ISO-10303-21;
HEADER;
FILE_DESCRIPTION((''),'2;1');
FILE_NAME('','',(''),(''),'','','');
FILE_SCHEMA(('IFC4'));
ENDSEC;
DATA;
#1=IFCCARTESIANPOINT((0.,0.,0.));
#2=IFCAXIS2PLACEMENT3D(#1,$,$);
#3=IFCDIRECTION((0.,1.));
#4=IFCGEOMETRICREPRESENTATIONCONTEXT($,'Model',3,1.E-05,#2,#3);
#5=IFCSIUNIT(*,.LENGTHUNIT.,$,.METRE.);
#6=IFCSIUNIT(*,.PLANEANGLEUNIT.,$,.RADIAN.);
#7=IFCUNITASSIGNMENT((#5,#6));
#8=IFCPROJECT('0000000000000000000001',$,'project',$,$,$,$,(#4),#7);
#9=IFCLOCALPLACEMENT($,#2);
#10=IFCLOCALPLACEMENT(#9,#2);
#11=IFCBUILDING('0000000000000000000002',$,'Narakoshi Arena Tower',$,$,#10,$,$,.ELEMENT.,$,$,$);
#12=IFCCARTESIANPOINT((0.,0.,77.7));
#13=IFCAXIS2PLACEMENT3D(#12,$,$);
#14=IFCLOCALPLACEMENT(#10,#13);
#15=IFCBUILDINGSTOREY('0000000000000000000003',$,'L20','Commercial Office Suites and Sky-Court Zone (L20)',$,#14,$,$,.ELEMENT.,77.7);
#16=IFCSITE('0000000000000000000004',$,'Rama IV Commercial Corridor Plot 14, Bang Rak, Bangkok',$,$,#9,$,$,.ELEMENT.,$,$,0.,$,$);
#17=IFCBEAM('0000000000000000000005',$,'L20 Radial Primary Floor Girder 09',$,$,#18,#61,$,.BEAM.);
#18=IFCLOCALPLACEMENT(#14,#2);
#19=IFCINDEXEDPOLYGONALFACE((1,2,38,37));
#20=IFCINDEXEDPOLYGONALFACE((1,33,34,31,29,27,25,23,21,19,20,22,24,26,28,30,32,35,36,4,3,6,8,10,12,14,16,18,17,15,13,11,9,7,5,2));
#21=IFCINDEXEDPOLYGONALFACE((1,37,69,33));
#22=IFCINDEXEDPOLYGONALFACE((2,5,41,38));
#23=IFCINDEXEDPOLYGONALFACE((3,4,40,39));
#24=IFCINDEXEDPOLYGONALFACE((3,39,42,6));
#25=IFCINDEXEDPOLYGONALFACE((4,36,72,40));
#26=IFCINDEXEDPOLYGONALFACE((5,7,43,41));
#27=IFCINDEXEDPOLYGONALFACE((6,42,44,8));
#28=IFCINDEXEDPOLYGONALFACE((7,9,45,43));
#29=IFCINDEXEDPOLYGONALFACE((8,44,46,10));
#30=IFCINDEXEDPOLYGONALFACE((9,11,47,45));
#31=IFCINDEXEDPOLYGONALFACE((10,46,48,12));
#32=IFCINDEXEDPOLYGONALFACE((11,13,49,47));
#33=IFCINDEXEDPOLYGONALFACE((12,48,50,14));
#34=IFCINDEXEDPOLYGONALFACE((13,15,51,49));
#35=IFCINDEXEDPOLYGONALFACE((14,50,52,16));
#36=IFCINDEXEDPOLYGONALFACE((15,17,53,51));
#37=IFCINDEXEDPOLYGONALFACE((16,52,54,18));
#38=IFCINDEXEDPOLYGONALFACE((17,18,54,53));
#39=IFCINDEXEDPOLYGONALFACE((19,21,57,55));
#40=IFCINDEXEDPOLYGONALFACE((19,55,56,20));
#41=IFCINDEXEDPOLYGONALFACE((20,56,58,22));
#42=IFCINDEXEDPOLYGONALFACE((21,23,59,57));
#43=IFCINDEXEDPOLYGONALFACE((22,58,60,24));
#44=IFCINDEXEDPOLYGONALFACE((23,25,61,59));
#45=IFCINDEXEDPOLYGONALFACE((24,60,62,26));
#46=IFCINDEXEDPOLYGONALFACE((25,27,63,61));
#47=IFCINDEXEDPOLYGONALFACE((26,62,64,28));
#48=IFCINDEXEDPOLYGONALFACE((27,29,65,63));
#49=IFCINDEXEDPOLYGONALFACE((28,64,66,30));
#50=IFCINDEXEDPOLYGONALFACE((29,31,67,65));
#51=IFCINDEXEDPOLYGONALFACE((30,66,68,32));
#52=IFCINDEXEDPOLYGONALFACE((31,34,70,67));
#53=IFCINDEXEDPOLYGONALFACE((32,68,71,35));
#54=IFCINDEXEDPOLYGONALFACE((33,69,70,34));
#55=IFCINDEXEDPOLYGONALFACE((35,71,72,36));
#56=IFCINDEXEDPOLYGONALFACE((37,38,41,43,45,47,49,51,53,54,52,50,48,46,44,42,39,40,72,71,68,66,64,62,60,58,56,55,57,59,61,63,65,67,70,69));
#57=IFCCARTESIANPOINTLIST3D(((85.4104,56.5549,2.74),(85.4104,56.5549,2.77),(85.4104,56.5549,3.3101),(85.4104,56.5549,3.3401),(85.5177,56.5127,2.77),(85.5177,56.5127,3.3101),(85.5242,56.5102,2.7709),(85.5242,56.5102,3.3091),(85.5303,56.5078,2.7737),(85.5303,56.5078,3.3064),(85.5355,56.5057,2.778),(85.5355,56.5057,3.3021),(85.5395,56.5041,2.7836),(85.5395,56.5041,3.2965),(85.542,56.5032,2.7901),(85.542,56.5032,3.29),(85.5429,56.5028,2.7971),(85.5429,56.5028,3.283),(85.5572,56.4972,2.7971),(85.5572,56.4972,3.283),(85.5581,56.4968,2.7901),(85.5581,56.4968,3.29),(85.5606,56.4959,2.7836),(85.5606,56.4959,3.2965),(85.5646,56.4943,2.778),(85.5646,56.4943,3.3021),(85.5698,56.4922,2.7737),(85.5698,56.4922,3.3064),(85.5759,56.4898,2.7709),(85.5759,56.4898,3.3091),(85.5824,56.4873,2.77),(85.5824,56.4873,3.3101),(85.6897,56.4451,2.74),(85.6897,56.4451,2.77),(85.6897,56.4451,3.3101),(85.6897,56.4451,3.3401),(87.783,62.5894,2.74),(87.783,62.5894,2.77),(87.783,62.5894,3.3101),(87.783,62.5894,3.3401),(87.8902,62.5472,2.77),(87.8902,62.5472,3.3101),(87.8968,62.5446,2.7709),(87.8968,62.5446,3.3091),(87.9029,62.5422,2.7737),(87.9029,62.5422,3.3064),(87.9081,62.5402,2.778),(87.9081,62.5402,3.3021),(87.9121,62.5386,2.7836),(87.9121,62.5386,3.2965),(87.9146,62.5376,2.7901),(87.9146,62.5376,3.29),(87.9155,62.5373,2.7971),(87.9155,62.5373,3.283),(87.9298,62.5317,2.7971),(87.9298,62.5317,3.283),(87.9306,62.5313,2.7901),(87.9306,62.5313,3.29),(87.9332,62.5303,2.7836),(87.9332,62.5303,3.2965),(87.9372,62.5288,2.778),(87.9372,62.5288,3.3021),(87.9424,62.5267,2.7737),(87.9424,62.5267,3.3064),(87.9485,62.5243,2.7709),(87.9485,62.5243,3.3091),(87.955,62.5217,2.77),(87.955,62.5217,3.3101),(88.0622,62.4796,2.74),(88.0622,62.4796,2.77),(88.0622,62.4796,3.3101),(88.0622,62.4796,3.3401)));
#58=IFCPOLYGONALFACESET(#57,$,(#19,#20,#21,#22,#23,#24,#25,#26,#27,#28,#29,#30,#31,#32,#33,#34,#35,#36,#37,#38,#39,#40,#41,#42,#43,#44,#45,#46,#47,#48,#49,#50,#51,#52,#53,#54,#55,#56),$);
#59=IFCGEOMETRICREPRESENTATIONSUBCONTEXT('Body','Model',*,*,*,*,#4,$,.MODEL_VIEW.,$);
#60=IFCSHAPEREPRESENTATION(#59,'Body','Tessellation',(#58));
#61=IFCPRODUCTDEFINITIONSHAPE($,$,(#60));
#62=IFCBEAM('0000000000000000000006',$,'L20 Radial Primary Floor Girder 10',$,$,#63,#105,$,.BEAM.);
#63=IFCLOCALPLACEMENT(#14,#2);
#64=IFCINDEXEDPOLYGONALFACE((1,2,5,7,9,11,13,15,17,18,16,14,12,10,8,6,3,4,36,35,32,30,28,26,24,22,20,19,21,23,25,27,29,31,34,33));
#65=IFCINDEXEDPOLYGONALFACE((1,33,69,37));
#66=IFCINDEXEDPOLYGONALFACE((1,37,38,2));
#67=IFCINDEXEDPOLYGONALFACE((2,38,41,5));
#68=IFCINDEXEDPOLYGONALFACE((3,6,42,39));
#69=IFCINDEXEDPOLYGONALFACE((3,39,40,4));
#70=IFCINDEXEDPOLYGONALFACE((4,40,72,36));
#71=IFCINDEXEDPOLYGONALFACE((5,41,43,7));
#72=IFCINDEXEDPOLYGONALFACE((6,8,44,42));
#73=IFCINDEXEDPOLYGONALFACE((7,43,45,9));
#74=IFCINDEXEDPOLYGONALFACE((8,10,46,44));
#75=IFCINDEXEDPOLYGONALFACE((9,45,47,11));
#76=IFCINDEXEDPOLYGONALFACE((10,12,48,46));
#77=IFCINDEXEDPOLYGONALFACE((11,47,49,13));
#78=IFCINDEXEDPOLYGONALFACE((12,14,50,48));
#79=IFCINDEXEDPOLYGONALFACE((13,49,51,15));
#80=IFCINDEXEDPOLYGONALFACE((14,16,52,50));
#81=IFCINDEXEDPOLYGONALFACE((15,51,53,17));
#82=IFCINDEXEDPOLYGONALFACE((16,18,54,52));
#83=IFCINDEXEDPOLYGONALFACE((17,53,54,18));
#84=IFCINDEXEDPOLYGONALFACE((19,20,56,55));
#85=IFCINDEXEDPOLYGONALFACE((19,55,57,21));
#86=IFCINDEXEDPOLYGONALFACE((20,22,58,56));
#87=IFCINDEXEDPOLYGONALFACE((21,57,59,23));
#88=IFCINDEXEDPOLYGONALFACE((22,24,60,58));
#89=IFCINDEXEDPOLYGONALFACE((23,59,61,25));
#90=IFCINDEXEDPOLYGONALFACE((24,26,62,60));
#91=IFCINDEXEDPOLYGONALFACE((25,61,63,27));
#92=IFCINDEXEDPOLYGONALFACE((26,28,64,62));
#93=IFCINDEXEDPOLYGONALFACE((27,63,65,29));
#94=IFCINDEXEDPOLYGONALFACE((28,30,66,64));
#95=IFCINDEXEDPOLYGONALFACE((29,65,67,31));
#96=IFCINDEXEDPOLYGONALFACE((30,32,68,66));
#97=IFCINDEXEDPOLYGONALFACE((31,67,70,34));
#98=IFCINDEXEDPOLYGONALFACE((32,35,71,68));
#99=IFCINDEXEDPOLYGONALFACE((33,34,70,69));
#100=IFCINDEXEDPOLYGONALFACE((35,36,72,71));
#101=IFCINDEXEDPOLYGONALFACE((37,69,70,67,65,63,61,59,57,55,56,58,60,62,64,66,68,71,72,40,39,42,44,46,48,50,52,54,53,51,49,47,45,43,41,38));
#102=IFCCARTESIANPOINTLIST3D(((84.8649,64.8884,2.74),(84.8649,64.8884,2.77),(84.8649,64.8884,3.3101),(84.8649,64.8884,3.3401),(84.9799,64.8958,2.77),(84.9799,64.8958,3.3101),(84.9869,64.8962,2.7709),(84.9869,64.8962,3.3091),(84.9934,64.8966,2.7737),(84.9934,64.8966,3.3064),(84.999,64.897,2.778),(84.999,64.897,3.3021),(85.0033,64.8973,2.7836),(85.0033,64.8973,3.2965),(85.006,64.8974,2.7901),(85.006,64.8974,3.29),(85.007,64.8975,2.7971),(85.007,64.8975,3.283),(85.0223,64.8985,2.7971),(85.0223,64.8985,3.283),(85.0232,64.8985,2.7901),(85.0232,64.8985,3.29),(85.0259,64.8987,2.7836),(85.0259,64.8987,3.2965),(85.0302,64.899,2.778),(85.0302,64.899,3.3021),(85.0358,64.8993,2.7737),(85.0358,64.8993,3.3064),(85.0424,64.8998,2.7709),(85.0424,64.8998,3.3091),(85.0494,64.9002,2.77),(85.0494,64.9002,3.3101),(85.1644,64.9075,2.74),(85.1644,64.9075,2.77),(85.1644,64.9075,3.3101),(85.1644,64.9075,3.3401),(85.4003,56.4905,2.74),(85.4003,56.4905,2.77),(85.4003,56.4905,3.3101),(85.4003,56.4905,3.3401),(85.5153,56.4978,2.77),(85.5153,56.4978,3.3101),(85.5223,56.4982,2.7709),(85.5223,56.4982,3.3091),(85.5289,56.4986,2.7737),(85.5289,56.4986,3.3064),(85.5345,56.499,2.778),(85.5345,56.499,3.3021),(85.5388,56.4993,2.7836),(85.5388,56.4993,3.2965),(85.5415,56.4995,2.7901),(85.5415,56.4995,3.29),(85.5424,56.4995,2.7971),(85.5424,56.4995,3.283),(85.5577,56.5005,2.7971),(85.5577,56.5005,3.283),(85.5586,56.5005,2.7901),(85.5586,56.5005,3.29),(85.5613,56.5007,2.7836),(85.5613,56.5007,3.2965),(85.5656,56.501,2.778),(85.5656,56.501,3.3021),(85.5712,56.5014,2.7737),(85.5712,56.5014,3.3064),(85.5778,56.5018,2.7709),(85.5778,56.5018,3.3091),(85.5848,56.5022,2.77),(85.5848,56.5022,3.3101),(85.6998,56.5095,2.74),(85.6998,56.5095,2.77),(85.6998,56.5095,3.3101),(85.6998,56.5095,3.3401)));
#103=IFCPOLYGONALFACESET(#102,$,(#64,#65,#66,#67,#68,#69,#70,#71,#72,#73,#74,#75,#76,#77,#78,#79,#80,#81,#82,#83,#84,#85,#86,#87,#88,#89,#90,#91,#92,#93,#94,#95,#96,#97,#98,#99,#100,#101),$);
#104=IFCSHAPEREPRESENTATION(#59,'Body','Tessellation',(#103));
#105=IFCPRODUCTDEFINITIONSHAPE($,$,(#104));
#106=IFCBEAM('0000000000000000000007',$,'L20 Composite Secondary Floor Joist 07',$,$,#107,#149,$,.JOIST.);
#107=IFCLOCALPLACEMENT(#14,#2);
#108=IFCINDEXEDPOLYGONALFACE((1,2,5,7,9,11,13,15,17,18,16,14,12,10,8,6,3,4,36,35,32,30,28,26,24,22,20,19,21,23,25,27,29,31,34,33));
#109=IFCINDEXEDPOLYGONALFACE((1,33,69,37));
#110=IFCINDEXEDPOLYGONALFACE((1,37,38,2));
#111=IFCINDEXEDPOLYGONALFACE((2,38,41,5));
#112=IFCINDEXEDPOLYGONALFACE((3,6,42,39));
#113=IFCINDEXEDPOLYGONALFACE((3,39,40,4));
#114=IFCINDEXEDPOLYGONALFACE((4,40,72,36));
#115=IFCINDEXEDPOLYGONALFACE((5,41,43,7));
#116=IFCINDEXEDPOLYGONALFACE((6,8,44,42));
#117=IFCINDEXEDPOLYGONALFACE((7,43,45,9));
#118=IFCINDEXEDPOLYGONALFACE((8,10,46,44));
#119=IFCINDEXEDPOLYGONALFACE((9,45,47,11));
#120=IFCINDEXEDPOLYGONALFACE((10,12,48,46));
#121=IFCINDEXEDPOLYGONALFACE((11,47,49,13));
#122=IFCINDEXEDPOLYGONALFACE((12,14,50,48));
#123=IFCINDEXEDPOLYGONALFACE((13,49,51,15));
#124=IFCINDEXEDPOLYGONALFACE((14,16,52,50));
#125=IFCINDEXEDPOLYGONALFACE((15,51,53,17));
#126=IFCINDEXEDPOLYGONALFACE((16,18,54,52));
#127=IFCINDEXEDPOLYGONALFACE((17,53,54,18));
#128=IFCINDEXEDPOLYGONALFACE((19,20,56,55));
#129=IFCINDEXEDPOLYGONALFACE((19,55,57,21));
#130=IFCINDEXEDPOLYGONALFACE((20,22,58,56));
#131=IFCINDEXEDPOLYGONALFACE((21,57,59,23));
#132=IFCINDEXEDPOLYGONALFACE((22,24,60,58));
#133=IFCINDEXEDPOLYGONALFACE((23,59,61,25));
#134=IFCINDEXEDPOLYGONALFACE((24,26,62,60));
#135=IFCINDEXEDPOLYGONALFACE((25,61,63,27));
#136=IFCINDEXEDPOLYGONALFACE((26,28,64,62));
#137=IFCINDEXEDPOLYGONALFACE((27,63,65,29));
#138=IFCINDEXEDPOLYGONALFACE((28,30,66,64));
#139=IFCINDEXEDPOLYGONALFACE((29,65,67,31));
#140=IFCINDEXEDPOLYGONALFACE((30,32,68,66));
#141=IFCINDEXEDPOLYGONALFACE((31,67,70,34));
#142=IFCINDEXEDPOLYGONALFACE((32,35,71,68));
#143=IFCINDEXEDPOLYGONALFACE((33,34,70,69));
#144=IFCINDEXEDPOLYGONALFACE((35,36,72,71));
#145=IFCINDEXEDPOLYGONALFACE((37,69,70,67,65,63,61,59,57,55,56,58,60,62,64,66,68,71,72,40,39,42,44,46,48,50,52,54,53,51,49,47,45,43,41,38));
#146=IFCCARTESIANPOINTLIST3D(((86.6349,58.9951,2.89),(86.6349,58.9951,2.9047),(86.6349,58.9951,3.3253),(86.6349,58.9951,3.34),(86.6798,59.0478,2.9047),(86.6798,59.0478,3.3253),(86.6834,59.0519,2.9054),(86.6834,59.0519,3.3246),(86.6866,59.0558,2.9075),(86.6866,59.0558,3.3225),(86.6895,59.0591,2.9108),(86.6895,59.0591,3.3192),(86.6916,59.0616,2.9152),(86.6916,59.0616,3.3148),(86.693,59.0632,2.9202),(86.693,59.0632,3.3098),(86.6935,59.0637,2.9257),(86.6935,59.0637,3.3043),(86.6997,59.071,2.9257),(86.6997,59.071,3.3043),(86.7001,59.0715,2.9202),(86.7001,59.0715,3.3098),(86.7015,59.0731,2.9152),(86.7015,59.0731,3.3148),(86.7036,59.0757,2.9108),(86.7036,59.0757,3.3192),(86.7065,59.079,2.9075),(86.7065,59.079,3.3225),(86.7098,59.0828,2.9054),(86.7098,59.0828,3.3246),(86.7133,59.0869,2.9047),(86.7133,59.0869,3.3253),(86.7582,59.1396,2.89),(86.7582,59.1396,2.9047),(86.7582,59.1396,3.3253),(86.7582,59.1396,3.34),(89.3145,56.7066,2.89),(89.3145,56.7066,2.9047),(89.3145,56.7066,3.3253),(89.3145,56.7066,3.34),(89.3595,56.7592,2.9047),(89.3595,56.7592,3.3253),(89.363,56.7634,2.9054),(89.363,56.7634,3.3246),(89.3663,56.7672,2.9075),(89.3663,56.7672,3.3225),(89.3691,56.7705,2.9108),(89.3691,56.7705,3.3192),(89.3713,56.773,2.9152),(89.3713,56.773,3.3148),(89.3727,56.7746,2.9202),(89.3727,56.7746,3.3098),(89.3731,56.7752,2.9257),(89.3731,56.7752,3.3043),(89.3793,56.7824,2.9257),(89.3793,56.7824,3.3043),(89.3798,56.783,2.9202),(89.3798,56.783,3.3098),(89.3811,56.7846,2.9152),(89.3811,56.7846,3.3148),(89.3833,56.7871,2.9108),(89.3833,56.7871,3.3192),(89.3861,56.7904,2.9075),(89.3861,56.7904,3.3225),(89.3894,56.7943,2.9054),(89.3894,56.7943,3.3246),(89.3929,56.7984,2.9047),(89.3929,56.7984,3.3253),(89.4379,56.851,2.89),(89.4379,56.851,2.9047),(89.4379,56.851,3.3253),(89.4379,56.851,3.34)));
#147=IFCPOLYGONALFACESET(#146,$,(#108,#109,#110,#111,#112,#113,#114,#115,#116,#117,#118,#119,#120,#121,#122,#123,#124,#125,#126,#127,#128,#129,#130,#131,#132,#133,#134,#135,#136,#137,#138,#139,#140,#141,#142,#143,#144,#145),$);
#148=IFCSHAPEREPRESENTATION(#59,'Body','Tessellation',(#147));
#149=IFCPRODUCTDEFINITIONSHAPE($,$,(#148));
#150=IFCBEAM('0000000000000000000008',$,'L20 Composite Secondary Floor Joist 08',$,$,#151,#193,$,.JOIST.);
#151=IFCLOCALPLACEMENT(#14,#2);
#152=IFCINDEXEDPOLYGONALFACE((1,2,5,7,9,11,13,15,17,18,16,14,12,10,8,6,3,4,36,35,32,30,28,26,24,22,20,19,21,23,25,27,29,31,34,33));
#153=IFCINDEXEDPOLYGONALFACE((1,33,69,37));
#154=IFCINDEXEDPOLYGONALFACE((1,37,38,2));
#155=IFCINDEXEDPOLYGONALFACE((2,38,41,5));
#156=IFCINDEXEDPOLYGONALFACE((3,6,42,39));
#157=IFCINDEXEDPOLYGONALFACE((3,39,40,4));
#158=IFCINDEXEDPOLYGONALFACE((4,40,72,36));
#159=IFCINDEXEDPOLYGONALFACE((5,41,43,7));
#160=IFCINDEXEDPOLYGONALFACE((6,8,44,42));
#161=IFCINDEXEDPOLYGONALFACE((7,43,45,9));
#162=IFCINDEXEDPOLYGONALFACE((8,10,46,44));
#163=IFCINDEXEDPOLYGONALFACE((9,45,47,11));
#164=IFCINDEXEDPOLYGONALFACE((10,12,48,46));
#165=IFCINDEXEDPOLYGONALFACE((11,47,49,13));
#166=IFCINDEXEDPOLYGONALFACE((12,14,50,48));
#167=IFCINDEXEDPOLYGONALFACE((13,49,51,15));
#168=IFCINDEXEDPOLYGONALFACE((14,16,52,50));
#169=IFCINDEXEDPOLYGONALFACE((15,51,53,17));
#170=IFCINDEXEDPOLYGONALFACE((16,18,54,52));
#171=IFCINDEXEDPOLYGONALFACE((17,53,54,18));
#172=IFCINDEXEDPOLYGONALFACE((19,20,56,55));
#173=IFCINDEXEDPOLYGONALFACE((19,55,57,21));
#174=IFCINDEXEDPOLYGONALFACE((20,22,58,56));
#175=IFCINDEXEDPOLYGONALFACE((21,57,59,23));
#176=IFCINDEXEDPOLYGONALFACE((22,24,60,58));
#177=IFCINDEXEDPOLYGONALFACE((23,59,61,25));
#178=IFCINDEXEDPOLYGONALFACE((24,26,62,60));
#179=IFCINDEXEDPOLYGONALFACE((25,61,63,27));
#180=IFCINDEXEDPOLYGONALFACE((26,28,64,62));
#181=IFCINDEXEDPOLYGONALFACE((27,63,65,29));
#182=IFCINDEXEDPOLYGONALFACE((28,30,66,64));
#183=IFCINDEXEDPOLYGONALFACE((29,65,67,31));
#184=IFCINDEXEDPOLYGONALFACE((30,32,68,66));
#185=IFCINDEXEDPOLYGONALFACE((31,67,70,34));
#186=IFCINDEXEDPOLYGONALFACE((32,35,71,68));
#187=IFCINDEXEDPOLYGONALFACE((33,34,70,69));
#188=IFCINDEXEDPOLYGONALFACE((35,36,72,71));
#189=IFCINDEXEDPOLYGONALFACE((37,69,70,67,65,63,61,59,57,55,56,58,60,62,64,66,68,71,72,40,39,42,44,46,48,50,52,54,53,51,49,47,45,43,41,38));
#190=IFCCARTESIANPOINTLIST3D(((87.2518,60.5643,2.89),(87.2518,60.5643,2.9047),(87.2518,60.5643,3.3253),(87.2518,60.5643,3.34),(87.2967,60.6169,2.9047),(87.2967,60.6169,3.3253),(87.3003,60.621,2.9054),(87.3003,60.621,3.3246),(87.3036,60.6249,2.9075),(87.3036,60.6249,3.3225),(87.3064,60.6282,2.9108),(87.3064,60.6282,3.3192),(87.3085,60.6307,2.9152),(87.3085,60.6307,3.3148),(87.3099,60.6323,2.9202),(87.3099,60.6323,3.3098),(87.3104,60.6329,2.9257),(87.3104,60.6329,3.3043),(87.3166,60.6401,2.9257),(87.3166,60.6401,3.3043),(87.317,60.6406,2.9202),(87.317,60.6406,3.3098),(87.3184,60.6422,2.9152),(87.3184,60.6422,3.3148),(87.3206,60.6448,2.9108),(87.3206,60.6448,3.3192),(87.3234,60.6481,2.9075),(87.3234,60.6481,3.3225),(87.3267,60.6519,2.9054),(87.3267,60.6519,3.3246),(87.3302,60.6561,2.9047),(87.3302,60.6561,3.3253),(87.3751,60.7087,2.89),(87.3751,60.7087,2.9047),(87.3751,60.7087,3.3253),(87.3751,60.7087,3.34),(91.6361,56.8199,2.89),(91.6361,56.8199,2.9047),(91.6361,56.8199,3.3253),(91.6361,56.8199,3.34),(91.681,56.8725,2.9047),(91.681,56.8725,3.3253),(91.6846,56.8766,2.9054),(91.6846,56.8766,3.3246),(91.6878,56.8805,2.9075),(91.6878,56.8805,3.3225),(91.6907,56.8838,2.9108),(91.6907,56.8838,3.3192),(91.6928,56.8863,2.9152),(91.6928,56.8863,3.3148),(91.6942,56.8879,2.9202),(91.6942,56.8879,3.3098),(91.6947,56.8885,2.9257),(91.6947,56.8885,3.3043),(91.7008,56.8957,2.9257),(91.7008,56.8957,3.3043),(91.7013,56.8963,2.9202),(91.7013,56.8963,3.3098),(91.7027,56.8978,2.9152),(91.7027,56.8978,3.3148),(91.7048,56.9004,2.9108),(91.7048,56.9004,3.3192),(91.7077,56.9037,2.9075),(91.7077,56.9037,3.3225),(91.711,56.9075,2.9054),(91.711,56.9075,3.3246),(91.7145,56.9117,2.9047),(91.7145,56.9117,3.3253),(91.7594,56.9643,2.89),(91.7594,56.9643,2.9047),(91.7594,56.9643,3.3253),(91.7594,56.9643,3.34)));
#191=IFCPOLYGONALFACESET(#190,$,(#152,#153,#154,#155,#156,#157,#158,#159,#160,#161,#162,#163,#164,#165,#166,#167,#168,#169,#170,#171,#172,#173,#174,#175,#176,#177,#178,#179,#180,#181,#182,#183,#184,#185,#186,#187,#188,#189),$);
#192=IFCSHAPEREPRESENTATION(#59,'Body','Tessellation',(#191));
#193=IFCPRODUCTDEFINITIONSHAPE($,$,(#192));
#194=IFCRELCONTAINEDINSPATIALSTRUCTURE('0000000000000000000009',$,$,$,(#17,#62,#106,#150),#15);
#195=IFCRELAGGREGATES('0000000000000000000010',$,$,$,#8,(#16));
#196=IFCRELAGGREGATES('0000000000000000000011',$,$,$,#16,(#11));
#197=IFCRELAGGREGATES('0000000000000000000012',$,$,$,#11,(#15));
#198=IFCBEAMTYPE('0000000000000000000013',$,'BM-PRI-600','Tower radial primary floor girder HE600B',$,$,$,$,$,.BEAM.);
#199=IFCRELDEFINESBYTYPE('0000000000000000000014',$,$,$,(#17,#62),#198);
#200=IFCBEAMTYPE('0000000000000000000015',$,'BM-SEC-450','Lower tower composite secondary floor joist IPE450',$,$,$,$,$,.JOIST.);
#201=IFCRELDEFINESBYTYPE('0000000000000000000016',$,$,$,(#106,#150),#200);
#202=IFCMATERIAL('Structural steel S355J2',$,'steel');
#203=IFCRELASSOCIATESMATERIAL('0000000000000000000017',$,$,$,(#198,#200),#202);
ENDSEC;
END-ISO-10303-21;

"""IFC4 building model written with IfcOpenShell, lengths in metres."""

from ifc_helpers import new_model, si_unit, direction, frame, origin, origin_2d, place, context, subcontext, project, spatial, i_section, extrude, material, material_profile, profile_set, type_object, element, save


model = new_model("IFC4")

# Units and contexts
model_context = context("Model", 3, precision=1e-05, world=origin(), true_north=direction((0.0, 1.0)))
body_context = subcontext(model_context, "Body", "Model", "MODEL_VIEW")
ifc_project = project(units=[si_unit("LENGTHUNIT", "METRE"), si_unit("PLANEANGLEUNIT", "RADIAN")], contexts=[model_context])

# Site, building, storey
site_placement = place(None, origin())
site = spatial("IfcSite", under=ifc_project, at=site_placement, Name="Rama IV Commercial Corridor Plot 14, Bang Rak, Bangkok", CompositionType="ELEMENT", RefElevation=0.0)
building_placement = place(site_placement, origin())
building = spatial("IfcBuilding", under=site, at=building_placement, Name="Narakoshi Arena Tower", CompositionType="ELEMENT")
storey_placement = place(building_placement, frame((0.0, 0.0, 77.7)))
storey = spatial("IfcBuildingStorey", under=building, at=storey_placement, Name="L20", Description="Commercial Office Suites and Sky-Court Zone (L20)", CompositionType="ELEMENT", Elevation=77.7)

# Beams
ifc_material_1 = material(Name="Structural steel S355J2", Category="steel")
ifc_material_profile_1 = material_profile(ifc_material_1, i_section(OverallWidth=0.3, OverallDepth=0.6001, WebThickness=0.0154, FlangeThickness=0.03, FilletRadius=0.0271, at=origin_2d()), Name="HE600B")
ifc_profile_set_1 = profile_set([ifc_material_profile_1], Name="Structural steel S355J2")
beam_type_1 = type_object("IfcBeamType", Name="BM-PRI-600", Description="Tower radial primary floor girder HE600B", PredefinedType="BEAM", material=ifc_profile_set_1)
beam_1_placement = place(storey_placement, frame((85.55, 56.5, 3.04), z_axis=(0.365905, 0.930652, 0.0), x_axis=(-0.930652, 0.365905, 0.0)))
element("IfcBeam", 1, at=beam_1_placement, inside=storey, type_object=beam_type_1, Name="L20 Radial Primary Floor Girder 09", PredefinedType="BEAM", context=body_context, shape_type="SweptSolid", body=[
    extrude(i_section(OverallWidth=0.3, OverallDepth=0.6001, WebThickness=0.0154, FlangeThickness=0.03, FilletRadius=0.0271, at=origin_2d()), origin(), (0.0, 0.0, 1.0), 6.4841),
])
beam_2_placement = place(storey_placement, frame((85.55, 56.5, 3.04), z_axis=(-0.063625, 0.997974, 0.0), x_axis=(-0.997974, -0.063625, 0.0)))
element("IfcBeam", 2, at=beam_2_placement, inside=storey, type_object=beam_type_1, Name="L20 Radial Primary Floor Girder 10", PredefinedType="BEAM", context=body_context, shape_type="SweptSolid", body=[
    extrude(i_section(OverallWidth=0.3, OverallDepth=0.6001, WebThickness=0.0154, FlangeThickness=0.03, FilletRadius=0.0271, at=origin_2d()), origin(), (0.0, 0.0, 1.0), 8.415),
])
ifc_material_profile_2 = material_profile(ifc_material_1, i_section(OverallWidth=0.1899, OverallDepth=0.45, WebThickness=0.0095, FlangeThickness=0.0146, FilletRadius=0.021, at=origin_2d()), Name="IPE450")
ifc_profile_set_2 = profile_set([ifc_material_profile_2], Name="Structural steel S355J2")
beam_type_2 = type_object("IfcBeamType", Name="BM-SEC-450", Description="Lower tower composite secondary floor joist IPE450", PredefinedType="JOIST", material=ifc_profile_set_2)
beam_3_placement = place(storey_placement, frame((89.3762, 56.7788, 3.115), z_axis=(-0.760419, 0.649432, 0.0), x_axis=(-0.649432, -0.760419, 0.0)))
element("IfcBeam", 3, at=beam_3_placement, inside=storey, type_object=beam_type_2, Name="L20 Composite Secondary Floor Joist 07", PredefinedType="JOIST", context=body_context, shape_type="SweptSolid", body=[
    extrude(i_section(OverallWidth=0.1899, OverallDepth=0.45, WebThickness=0.0095, FlangeThickness=0.0146, FilletRadius=0.021, at=origin_2d()), origin(), (0.0, 0.0, 1.0), 3.5239),
])
beam_4_placement = place(storey_placement, frame((91.6978, 56.8921, 3.115), z_axis=(-0.760418, 0.649434, 0.0), x_axis=(-0.649434, -0.760418, 0.0)))
element("IfcBeam", 4, at=beam_4_placement, inside=storey, type_object=beam_type_2, Name="L20 Composite Secondary Floor Joist 08", PredefinedType="JOIST", context=body_context, shape_type="SweptSolid", body=[
    extrude(i_section(OverallWidth=0.1899, OverallDepth=0.45, WebThickness=0.0095, FlangeThickness=0.0146, FilletRadius=0.021, at=origin_2d()), origin(), (0.0, 0.0, 1.0), 5.7656),
])

save(model, "model.ifc")
